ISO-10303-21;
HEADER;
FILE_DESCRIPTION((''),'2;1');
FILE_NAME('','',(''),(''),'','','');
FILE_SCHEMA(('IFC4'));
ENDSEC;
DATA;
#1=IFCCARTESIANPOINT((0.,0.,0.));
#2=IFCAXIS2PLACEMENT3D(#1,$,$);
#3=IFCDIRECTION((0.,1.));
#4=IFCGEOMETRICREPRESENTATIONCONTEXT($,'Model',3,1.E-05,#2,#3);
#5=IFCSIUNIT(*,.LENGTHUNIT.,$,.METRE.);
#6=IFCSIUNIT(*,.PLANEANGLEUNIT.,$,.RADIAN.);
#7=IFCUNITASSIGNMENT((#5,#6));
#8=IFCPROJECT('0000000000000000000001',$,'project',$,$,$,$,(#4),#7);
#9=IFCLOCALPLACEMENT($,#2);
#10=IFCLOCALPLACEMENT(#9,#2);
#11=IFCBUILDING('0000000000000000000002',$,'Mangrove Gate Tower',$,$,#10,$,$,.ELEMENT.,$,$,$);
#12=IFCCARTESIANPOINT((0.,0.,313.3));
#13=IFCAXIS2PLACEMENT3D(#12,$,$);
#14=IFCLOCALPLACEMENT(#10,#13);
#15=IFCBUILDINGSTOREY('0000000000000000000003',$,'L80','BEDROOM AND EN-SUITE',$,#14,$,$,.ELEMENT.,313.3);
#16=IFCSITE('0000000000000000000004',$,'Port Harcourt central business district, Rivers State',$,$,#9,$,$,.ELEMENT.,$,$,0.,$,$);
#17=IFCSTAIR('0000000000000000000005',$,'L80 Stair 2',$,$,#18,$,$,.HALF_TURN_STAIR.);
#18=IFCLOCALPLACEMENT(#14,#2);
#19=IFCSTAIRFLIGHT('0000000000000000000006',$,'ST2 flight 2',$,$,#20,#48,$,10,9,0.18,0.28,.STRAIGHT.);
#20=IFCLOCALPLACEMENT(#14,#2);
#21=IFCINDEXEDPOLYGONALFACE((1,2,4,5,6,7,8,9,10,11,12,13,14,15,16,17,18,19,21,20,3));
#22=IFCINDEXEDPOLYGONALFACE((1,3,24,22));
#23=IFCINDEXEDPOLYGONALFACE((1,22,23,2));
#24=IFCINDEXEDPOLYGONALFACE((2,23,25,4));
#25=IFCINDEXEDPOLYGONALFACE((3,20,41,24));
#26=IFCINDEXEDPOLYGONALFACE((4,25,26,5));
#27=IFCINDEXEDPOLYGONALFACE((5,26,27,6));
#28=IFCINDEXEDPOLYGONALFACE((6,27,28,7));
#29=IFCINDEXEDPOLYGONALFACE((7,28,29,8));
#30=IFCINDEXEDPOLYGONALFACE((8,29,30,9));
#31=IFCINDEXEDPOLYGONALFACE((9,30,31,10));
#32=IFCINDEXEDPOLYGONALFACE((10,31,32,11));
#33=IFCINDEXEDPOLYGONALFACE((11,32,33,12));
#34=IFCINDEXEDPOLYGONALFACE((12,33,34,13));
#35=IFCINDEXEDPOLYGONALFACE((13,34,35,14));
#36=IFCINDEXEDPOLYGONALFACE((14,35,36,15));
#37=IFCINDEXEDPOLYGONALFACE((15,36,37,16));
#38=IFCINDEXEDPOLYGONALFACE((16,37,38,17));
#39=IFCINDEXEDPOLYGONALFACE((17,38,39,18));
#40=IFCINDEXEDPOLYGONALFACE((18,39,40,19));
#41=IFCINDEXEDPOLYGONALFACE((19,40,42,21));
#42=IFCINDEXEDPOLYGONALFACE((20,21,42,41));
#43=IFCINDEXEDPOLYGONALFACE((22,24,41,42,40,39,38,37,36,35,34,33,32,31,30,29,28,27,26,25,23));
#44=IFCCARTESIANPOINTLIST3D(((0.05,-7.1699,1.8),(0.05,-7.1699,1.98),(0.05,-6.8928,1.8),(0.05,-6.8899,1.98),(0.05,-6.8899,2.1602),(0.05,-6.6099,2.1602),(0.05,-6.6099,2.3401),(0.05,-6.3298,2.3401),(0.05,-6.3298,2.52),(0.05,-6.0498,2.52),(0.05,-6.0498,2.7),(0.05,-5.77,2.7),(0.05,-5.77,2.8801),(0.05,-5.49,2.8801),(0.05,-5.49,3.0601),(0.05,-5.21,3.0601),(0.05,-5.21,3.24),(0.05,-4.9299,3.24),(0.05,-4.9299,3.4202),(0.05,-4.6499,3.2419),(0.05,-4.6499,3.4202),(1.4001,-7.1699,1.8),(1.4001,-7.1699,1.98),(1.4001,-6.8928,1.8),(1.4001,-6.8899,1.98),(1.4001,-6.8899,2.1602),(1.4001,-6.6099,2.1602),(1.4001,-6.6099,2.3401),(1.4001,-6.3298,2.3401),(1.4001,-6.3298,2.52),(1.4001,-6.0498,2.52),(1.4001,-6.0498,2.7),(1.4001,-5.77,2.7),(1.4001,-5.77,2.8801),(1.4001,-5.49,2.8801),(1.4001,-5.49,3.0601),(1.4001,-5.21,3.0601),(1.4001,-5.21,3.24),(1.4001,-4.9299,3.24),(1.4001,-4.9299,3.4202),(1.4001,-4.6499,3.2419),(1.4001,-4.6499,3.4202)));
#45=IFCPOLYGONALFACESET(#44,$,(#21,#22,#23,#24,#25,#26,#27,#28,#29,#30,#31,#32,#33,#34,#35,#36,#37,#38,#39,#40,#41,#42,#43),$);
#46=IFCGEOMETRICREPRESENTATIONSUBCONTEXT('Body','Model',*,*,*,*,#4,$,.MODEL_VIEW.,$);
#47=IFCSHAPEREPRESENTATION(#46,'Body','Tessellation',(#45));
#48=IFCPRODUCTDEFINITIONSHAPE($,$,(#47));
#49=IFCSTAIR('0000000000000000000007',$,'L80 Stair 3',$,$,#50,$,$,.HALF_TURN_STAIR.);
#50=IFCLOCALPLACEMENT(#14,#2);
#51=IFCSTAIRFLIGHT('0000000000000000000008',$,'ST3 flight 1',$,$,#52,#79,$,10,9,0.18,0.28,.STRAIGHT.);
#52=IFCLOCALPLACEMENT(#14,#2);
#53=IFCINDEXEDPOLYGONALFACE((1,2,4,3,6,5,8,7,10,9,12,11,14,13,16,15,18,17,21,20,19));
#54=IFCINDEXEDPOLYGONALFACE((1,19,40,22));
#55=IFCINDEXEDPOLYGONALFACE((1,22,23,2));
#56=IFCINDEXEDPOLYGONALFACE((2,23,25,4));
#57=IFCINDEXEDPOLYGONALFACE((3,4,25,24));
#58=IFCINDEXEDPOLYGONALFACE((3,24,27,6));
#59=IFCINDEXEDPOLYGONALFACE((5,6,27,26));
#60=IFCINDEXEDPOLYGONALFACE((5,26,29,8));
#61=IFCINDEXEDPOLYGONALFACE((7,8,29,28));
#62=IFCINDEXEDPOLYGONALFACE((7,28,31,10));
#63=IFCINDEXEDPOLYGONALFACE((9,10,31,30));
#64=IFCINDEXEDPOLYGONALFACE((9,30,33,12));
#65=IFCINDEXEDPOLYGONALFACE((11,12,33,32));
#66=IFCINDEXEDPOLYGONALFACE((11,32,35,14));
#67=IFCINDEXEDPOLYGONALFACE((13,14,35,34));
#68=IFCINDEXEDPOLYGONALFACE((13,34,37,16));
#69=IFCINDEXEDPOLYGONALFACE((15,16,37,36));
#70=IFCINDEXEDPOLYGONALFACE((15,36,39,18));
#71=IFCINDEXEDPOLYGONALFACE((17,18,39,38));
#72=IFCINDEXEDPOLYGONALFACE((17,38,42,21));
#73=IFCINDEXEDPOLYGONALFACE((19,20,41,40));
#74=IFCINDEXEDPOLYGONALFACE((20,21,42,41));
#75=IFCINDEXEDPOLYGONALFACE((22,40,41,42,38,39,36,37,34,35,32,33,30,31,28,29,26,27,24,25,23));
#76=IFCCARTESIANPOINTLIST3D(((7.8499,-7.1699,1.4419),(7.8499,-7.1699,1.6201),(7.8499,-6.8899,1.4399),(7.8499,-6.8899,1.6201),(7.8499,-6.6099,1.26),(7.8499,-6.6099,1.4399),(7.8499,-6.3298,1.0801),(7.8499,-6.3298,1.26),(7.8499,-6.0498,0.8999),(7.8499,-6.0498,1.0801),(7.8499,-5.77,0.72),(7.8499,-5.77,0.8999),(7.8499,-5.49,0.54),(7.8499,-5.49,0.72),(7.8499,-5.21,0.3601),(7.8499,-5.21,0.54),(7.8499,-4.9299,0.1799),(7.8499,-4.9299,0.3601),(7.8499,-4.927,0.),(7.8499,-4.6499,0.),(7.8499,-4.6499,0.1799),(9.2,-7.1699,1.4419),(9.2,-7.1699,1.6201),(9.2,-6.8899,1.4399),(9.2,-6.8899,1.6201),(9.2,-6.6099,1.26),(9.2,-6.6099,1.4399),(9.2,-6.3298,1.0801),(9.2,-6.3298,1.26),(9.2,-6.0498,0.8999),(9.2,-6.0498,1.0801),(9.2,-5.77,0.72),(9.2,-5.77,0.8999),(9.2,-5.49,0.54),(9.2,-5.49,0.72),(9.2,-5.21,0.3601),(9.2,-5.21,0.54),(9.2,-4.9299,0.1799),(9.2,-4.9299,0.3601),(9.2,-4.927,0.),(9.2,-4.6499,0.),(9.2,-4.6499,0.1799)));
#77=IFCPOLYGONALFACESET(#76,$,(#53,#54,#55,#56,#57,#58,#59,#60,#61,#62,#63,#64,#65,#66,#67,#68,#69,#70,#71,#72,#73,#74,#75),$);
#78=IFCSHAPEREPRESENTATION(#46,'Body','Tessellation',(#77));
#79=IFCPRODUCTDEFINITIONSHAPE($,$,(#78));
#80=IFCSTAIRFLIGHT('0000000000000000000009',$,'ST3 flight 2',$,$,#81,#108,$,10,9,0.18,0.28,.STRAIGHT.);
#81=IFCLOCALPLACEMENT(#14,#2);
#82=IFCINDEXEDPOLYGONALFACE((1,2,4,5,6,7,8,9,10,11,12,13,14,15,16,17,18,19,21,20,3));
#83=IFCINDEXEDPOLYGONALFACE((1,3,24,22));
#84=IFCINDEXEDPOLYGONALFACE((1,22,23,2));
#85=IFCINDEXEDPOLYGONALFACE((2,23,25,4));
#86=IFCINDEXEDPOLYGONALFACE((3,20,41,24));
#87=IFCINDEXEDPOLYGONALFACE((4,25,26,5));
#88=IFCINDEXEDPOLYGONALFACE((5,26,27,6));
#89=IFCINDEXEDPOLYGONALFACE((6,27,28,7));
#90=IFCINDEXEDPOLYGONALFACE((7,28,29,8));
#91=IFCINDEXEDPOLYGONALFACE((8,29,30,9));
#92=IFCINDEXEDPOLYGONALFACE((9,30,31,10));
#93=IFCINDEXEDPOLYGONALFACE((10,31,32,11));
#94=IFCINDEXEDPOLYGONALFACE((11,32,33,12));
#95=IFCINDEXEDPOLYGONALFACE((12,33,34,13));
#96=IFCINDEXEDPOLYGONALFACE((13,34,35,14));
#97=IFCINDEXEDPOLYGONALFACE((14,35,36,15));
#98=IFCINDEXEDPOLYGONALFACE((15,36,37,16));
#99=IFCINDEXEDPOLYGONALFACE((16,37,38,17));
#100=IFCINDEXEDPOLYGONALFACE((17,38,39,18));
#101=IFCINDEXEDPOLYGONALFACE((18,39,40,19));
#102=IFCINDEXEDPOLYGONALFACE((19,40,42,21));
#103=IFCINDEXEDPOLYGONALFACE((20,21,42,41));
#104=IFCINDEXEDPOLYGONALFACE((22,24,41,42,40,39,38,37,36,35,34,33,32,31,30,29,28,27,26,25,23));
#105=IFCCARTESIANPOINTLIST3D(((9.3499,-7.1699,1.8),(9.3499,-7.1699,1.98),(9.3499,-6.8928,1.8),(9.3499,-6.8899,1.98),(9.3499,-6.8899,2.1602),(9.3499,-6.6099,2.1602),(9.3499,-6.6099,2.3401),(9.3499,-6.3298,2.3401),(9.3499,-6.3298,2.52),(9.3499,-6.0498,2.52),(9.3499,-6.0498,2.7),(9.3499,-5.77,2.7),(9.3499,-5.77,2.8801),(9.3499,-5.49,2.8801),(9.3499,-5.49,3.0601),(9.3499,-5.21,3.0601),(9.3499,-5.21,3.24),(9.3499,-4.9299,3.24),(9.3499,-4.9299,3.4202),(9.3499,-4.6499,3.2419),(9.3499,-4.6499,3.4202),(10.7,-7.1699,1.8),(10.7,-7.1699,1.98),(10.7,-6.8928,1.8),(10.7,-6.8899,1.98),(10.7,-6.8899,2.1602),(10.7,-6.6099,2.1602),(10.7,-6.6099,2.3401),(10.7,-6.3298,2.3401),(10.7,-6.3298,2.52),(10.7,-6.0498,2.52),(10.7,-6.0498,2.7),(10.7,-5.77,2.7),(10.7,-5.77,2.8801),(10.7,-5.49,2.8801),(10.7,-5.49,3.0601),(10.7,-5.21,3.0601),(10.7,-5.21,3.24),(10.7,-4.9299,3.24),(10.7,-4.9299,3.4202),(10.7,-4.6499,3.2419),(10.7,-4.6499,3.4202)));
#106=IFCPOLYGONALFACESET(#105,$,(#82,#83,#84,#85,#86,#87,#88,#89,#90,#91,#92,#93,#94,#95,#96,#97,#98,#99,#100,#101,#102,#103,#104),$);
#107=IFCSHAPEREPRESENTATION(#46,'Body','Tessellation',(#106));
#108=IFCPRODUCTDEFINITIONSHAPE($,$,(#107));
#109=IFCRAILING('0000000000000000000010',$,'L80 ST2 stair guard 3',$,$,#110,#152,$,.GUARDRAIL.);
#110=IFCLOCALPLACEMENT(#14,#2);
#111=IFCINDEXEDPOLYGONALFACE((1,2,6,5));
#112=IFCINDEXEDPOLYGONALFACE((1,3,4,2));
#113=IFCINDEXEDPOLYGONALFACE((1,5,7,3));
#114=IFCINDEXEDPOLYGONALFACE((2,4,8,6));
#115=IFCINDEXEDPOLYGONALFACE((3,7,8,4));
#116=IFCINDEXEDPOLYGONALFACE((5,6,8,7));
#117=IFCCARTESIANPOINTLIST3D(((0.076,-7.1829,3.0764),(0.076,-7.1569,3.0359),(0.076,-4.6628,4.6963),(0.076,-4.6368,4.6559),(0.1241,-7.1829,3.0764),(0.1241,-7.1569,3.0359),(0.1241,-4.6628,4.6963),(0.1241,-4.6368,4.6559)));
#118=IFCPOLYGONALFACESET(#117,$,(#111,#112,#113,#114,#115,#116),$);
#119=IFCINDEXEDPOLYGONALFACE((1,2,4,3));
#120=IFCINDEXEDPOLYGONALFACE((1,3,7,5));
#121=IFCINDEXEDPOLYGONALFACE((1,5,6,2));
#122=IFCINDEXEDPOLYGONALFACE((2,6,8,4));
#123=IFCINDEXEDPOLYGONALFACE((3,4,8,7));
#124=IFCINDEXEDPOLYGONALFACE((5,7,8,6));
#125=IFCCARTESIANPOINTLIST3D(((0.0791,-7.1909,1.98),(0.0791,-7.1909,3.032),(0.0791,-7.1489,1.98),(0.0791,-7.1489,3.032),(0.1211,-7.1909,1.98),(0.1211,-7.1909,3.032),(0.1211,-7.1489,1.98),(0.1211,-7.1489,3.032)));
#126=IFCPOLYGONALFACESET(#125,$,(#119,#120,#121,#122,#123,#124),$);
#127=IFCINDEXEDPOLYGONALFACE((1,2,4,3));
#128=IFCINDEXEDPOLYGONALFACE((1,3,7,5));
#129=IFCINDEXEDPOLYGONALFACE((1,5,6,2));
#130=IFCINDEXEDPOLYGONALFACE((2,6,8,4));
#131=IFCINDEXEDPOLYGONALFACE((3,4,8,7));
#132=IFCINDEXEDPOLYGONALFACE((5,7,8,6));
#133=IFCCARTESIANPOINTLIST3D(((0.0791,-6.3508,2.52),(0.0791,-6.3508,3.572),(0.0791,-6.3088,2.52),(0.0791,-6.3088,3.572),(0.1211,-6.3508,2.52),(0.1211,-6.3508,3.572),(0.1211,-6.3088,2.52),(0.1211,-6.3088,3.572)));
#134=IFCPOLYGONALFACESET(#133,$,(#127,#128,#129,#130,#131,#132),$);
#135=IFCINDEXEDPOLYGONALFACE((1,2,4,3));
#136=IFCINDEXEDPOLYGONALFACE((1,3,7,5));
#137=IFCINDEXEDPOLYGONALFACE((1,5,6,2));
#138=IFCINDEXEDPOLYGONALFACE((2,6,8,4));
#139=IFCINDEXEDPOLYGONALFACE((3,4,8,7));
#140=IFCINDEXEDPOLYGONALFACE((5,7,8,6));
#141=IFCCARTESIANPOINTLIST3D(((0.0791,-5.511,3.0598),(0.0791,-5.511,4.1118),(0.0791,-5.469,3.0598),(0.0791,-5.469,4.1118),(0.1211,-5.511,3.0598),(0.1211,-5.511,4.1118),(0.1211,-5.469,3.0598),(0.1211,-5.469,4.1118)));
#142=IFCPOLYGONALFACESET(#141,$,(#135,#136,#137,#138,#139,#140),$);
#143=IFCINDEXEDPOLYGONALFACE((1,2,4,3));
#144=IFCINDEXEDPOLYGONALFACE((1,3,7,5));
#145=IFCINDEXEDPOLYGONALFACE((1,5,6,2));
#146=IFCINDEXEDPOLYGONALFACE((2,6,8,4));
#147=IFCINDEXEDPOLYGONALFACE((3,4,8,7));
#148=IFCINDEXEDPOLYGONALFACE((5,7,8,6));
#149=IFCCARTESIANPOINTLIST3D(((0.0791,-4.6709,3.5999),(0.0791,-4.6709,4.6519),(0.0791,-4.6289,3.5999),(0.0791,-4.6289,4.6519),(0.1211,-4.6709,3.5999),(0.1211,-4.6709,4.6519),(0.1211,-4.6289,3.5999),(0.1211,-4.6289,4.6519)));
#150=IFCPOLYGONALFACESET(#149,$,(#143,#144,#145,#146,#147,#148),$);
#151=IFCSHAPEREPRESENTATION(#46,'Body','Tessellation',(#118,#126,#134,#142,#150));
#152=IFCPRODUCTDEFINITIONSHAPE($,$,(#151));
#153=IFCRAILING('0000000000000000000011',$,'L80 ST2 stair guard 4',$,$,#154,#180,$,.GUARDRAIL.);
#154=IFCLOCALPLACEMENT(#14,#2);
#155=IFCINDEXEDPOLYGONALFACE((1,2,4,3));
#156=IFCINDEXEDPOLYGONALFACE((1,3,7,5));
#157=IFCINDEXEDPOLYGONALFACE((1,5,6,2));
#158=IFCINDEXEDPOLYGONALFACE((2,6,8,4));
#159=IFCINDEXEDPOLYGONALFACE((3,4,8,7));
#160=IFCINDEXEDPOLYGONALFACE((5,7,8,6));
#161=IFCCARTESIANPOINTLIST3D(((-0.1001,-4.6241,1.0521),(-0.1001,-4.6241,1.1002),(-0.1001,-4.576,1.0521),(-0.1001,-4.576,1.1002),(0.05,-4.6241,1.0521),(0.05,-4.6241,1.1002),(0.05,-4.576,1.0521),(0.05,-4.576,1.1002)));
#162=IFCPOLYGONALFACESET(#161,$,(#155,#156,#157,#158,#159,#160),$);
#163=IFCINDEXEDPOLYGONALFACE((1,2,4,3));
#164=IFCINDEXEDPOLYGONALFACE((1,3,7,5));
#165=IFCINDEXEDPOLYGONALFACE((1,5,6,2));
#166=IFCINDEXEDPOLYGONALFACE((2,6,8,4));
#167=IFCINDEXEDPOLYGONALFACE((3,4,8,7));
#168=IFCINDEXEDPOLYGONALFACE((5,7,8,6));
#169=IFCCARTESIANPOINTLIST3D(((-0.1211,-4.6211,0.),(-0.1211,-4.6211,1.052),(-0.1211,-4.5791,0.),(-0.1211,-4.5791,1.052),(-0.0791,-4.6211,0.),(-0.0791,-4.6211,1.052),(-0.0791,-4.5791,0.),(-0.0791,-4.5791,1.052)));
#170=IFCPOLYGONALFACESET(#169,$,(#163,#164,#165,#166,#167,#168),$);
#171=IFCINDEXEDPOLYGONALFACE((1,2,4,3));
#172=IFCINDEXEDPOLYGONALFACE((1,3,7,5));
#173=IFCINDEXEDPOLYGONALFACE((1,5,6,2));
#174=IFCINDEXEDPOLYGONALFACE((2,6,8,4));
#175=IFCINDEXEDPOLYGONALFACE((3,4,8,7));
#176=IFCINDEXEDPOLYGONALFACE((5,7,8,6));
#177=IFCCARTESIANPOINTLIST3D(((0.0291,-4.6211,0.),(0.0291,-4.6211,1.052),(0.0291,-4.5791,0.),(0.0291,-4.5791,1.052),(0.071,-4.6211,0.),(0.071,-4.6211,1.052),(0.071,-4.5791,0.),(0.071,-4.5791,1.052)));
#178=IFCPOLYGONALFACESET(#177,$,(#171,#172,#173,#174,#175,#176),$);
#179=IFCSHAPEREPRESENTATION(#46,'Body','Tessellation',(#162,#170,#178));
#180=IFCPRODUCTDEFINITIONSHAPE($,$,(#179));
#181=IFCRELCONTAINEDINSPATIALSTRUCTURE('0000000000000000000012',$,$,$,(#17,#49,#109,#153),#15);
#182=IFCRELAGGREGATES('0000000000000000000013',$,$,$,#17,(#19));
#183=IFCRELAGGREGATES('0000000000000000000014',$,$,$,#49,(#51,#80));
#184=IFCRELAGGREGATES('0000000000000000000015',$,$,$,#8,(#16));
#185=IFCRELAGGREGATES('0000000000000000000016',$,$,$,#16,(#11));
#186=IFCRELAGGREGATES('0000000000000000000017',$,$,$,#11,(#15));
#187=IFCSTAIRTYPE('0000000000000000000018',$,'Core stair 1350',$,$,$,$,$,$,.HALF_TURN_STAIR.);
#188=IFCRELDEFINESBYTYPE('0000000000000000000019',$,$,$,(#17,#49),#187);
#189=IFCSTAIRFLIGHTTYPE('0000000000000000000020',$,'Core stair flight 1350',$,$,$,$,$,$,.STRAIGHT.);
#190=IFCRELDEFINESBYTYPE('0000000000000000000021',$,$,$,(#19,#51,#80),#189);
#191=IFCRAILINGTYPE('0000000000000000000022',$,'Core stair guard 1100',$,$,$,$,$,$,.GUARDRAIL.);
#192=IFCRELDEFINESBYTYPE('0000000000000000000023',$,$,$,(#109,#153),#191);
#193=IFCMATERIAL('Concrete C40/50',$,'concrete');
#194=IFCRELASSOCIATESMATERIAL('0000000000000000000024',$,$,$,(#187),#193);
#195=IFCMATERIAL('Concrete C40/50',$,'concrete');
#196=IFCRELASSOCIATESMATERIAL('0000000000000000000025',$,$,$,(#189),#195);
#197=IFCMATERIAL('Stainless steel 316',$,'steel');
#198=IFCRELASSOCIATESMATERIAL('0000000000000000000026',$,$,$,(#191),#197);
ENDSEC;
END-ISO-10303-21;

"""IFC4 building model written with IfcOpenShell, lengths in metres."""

from ifc_helpers import new_model, si_unit, direction, frame, origin, origin_2d, place, context, subcontext, project, spatial, polyline, rectangle, outline, extrude, material, type_object, element, aggregate, save


model = new_model("IFC4")

# Units and contexts
model_context = context("Model", 3, precision=1e-05, world=origin(), true_north=direction((0.0, 1.0)))
body_context = subcontext(model_context, "Body", "Model", "MODEL_VIEW")
ifc_project = project(units=[si_unit("LENGTHUNIT", "METRE"), si_unit("PLANEANGLEUNIT", "RADIAN")], contexts=[model_context])

# Site, building, storey
site_placement = place(None, origin())
site = spatial("IfcSite", under=ifc_project, at=site_placement, Name="Port Harcourt central business district, Rivers State", CompositionType="ELEMENT", RefElevation=0.0)
building_placement = place(site_placement, origin())
building = spatial("IfcBuilding", under=site, at=building_placement, Name="Mangrove Gate Tower", CompositionType="ELEMENT")
storey_placement = place(building_placement, frame((0.0, 0.0, 313.3)))
storey = spatial("IfcBuildingStorey", under=building, at=storey_placement, Name="L80", Description="BEDROOM AND EN-SUITE", CompositionType="ELEMENT", Elevation=313.3)

# Stair, stair flight
ifc_material_1 = material(Name="Concrete C40/50", Category="concrete")
stair_type = type_object("IfcStairType", Name="Core stair 1350", PredefinedType="HALF_TURN_STAIR", material=ifc_material_1)
stair_1_placement = place(storey_placement, origin())
stair_1 = element("IfcStair", 1, at=stair_1_placement, inside=storey, type_object=stair_type, Name="L80 Stair 2", PredefinedType="HALF_TURN_STAIR")
ifc_material_2 = material(Name="Concrete C40/50", Category="concrete")
stair_flight_type = type_object("IfcStairFlightType", Name="Core stair flight 1350", PredefinedType="STRAIGHT", material=ifc_material_2)
stair_flight_1_placement = place(storey_placement, frame((0.7251, -7.1699, 1.8), z_axis=(0.0, 0.0, 1.0), x_axis=(0.0, 1.0, 0.0)))
stair_flight_1 = element("IfcStairFlight", 2, at=stair_flight_1_placement, type_object=stair_flight_type, Name="ST2 flight 2", NumberOfRisers=10, NumberOfTreads=9, PredefinedType="STRAIGHT", RiserHeight=0.18, TreadLength=0.28, context=body_context, shape_type="SweptSolid", body=[
    extrude(outline(polyline([(0.0, 0.0), (0.0, 0.1799), (0.28, 0.1799), (0.28, 0.3601), (0.5601, 0.3601), (0.5601, 0.54), (0.8401, 0.54), (0.8401, 0.72), (1.1201, 0.72), (1.1201, 0.8999), (1.3999, 0.8999), (1.3999, 1.0801), (1.6799, 1.0801), (1.6799, 1.26), (1.96, 1.26), (1.96, 1.4399), (2.24, 1.4399), (2.24, 1.6201), (2.52, 1.6201), (2.52, 1.8), (2.52, 1.4419), (0.2771, 0.0), (0.0, 0.0)])), frame((0.0, 0.675, 0.0), z_axis=(0.0, -1.0, 0.0), x_axis=(1.0, 0.0, 0.0)), (0.0, 0.0, 1.0), 1.3501),
])
aggregate(stair_1, [stair_flight_1])

# Stair, stair flights
stair_2_placement = place(storey_placement, origin())
stair_2 = element("IfcStair", 3, at=stair_2_placement, inside=storey, type_object=stair_type, Name="L80 Stair 3", PredefinedType="HALF_TURN_STAIR")
stair_flight_2_placement = place(storey_placement, frame((8.5249, -4.6499, 0.0), z_axis=(0.0, 0.0, 1.0), x_axis=(0.0, -1.0, 0.0)))
stair_flight_2 = element("IfcStairFlight", 4, at=stair_flight_2_placement, type_object=stair_flight_type, Name="ST3 flight 1", NumberOfRisers=10, NumberOfTreads=9, PredefinedType="STRAIGHT", RiserHeight=0.18, TreadLength=0.28, context=body_context, shape_type="SweptSolid", body=[
    extrude(outline(polyline([(0.0, 0.0), (0.0, 0.1799), (0.28, 0.1799), (0.28, 0.3601), (0.5601, 0.3601), (0.5601, 0.54), (0.8401, 0.54), (0.8401, 0.72), (1.1201, 0.72), (1.1201, 0.8999), (1.3999, 0.8999), (1.3999, 1.0801), (1.6799, 1.0801), (1.6799, 1.26), (1.96, 1.26), (1.96, 1.4399), (2.24, 1.4399), (2.24, 1.6201), (2.52, 1.6201), (2.52, 1.8), (2.52, 1.4419), (0.2771, 0.0), (0.0, 0.0)])), frame((0.0, 0.675, 0.0), z_axis=(0.0, -1.0, 0.0), x_axis=(1.0, 0.0, 0.0)), (0.0, 0.0, 1.0), 1.3501),
])
stair_flight_3_placement = place(storey_placement, frame((10.0249, -7.1699, 1.8), z_axis=(0.0, 0.0, 1.0), x_axis=(0.0, 1.0, 0.0)))
stair_flight_3 = element("IfcStairFlight", 5, at=stair_flight_3_placement, type_object=stair_flight_type, Name="ST3 flight 2", NumberOfRisers=10, NumberOfTreads=9, PredefinedType="STRAIGHT", RiserHeight=0.18, TreadLength=0.28, context=body_context, shape_type="SweptSolid", body=[
    extrude(outline(polyline([(0.0, 0.0), (0.0, 0.1799), (0.28, 0.1799), (0.28, 0.3601), (0.5601, 0.3601), (0.5601, 0.54), (0.8401, 0.54), (0.8401, 0.72), (1.1201, 0.72), (1.1201, 0.8999), (1.3999, 0.8999), (1.3999, 1.0801), (1.6799, 1.0801), (1.6799, 1.26), (1.96, 1.26), (1.96, 1.4399), (2.24, 1.4399), (2.24, 1.6201), (2.52, 1.6201), (2.52, 1.8), (2.52, 1.4419), (0.2771, 0.0), (0.0, 0.0)])), frame((0.0, 0.675, 0.0), z_axis=(0.0, -1.0, 0.0), x_axis=(1.0, 0.0, 0.0)), (0.0, 0.0, 1.0), 1.3501),
])
aggregate(stair_2, [stair_flight_2, stair_flight_3])

# Railings
ifc_material_3 = material(Name="Stainless steel 316", Category="steel")
railing_type_1 = type_object("IfcRailingType", Name="Core stair guard 1100", PredefinedType="GUARDRAIL", material=ifc_material_3)
railing_1_placement = place(storey_placement, frame((0.1001, -7.1699, 1.98)))
element("IfcRailing", 6, at=railing_1_placement, inside=storey, type_object=railing_type_1, Name="L80 ST2 stair guard 3", PredefinedType="GUARDRAIL", context=body_context, shape_type="SweptSolid", body=[
    extrude(rectangle(XDim=0.0481, YDim=0.0481, at=origin_2d()), frame((0.0, 0.0, 1.0762), z_axis=(0.0, 0.8412, 0.540725), x_axis=(-1.0, 0.0, 0.0)), (0.0, 0.0, 1.0), 2.9958),
    extrude(rectangle(XDim=0.042, YDim=0.042, at=origin_2d()), origin(), (0.0, 0.0, 1.0), 1.052),
    extrude(rectangle(XDim=0.042, YDim=0.042, at=origin_2d()), frame((0.0, 0.8401, 0.54)), (0.0, 0.0, 1.0), 1.052),
    extrude(rectangle(XDim=0.042, YDim=0.042, at=origin_2d()), frame((0.0, 1.6799, 1.0798)), (0.0, 0.0, 1.0), 1.052),
    extrude(rectangle(XDim=0.042, YDim=0.042, at=origin_2d()), frame((0.0, 2.52, 1.6199)), (0.0, 0.0, 1.0), 1.052),
])
railing_2_placement = place(storey_placement, frame((-0.1001, -4.6001, 0.0)))
element("IfcRailing", 7, at=railing_2_placement, inside=storey, type_object=railing_type_1, Name="L80 ST2 stair guard 4", PredefinedType="GUARDRAIL", context=body_context, shape_type="SweptSolid", body=[
    extrude(rectangle(XDim=0.0481, YDim=0.0481, at=origin_2d()), frame((0.0, 0.0, 1.0762), z_axis=(1.0, 0.0, 0.0), x_axis=(0.0, 1.0, 0.0)), (0.0, 0.0, 1.0), 0.1501),
    extrude(rectangle(XDim=0.042, YDim=0.042, at=origin_2d()), origin(), (0.0, 0.0, 1.0), 1.052),
    extrude(rectangle(XDim=0.042, YDim=0.042, at=origin_2d()), frame((0.1501, 0.0, 0.0)), (0.0, 0.0, 1.0), 1.052),
])

save(model, "model.ifc")
